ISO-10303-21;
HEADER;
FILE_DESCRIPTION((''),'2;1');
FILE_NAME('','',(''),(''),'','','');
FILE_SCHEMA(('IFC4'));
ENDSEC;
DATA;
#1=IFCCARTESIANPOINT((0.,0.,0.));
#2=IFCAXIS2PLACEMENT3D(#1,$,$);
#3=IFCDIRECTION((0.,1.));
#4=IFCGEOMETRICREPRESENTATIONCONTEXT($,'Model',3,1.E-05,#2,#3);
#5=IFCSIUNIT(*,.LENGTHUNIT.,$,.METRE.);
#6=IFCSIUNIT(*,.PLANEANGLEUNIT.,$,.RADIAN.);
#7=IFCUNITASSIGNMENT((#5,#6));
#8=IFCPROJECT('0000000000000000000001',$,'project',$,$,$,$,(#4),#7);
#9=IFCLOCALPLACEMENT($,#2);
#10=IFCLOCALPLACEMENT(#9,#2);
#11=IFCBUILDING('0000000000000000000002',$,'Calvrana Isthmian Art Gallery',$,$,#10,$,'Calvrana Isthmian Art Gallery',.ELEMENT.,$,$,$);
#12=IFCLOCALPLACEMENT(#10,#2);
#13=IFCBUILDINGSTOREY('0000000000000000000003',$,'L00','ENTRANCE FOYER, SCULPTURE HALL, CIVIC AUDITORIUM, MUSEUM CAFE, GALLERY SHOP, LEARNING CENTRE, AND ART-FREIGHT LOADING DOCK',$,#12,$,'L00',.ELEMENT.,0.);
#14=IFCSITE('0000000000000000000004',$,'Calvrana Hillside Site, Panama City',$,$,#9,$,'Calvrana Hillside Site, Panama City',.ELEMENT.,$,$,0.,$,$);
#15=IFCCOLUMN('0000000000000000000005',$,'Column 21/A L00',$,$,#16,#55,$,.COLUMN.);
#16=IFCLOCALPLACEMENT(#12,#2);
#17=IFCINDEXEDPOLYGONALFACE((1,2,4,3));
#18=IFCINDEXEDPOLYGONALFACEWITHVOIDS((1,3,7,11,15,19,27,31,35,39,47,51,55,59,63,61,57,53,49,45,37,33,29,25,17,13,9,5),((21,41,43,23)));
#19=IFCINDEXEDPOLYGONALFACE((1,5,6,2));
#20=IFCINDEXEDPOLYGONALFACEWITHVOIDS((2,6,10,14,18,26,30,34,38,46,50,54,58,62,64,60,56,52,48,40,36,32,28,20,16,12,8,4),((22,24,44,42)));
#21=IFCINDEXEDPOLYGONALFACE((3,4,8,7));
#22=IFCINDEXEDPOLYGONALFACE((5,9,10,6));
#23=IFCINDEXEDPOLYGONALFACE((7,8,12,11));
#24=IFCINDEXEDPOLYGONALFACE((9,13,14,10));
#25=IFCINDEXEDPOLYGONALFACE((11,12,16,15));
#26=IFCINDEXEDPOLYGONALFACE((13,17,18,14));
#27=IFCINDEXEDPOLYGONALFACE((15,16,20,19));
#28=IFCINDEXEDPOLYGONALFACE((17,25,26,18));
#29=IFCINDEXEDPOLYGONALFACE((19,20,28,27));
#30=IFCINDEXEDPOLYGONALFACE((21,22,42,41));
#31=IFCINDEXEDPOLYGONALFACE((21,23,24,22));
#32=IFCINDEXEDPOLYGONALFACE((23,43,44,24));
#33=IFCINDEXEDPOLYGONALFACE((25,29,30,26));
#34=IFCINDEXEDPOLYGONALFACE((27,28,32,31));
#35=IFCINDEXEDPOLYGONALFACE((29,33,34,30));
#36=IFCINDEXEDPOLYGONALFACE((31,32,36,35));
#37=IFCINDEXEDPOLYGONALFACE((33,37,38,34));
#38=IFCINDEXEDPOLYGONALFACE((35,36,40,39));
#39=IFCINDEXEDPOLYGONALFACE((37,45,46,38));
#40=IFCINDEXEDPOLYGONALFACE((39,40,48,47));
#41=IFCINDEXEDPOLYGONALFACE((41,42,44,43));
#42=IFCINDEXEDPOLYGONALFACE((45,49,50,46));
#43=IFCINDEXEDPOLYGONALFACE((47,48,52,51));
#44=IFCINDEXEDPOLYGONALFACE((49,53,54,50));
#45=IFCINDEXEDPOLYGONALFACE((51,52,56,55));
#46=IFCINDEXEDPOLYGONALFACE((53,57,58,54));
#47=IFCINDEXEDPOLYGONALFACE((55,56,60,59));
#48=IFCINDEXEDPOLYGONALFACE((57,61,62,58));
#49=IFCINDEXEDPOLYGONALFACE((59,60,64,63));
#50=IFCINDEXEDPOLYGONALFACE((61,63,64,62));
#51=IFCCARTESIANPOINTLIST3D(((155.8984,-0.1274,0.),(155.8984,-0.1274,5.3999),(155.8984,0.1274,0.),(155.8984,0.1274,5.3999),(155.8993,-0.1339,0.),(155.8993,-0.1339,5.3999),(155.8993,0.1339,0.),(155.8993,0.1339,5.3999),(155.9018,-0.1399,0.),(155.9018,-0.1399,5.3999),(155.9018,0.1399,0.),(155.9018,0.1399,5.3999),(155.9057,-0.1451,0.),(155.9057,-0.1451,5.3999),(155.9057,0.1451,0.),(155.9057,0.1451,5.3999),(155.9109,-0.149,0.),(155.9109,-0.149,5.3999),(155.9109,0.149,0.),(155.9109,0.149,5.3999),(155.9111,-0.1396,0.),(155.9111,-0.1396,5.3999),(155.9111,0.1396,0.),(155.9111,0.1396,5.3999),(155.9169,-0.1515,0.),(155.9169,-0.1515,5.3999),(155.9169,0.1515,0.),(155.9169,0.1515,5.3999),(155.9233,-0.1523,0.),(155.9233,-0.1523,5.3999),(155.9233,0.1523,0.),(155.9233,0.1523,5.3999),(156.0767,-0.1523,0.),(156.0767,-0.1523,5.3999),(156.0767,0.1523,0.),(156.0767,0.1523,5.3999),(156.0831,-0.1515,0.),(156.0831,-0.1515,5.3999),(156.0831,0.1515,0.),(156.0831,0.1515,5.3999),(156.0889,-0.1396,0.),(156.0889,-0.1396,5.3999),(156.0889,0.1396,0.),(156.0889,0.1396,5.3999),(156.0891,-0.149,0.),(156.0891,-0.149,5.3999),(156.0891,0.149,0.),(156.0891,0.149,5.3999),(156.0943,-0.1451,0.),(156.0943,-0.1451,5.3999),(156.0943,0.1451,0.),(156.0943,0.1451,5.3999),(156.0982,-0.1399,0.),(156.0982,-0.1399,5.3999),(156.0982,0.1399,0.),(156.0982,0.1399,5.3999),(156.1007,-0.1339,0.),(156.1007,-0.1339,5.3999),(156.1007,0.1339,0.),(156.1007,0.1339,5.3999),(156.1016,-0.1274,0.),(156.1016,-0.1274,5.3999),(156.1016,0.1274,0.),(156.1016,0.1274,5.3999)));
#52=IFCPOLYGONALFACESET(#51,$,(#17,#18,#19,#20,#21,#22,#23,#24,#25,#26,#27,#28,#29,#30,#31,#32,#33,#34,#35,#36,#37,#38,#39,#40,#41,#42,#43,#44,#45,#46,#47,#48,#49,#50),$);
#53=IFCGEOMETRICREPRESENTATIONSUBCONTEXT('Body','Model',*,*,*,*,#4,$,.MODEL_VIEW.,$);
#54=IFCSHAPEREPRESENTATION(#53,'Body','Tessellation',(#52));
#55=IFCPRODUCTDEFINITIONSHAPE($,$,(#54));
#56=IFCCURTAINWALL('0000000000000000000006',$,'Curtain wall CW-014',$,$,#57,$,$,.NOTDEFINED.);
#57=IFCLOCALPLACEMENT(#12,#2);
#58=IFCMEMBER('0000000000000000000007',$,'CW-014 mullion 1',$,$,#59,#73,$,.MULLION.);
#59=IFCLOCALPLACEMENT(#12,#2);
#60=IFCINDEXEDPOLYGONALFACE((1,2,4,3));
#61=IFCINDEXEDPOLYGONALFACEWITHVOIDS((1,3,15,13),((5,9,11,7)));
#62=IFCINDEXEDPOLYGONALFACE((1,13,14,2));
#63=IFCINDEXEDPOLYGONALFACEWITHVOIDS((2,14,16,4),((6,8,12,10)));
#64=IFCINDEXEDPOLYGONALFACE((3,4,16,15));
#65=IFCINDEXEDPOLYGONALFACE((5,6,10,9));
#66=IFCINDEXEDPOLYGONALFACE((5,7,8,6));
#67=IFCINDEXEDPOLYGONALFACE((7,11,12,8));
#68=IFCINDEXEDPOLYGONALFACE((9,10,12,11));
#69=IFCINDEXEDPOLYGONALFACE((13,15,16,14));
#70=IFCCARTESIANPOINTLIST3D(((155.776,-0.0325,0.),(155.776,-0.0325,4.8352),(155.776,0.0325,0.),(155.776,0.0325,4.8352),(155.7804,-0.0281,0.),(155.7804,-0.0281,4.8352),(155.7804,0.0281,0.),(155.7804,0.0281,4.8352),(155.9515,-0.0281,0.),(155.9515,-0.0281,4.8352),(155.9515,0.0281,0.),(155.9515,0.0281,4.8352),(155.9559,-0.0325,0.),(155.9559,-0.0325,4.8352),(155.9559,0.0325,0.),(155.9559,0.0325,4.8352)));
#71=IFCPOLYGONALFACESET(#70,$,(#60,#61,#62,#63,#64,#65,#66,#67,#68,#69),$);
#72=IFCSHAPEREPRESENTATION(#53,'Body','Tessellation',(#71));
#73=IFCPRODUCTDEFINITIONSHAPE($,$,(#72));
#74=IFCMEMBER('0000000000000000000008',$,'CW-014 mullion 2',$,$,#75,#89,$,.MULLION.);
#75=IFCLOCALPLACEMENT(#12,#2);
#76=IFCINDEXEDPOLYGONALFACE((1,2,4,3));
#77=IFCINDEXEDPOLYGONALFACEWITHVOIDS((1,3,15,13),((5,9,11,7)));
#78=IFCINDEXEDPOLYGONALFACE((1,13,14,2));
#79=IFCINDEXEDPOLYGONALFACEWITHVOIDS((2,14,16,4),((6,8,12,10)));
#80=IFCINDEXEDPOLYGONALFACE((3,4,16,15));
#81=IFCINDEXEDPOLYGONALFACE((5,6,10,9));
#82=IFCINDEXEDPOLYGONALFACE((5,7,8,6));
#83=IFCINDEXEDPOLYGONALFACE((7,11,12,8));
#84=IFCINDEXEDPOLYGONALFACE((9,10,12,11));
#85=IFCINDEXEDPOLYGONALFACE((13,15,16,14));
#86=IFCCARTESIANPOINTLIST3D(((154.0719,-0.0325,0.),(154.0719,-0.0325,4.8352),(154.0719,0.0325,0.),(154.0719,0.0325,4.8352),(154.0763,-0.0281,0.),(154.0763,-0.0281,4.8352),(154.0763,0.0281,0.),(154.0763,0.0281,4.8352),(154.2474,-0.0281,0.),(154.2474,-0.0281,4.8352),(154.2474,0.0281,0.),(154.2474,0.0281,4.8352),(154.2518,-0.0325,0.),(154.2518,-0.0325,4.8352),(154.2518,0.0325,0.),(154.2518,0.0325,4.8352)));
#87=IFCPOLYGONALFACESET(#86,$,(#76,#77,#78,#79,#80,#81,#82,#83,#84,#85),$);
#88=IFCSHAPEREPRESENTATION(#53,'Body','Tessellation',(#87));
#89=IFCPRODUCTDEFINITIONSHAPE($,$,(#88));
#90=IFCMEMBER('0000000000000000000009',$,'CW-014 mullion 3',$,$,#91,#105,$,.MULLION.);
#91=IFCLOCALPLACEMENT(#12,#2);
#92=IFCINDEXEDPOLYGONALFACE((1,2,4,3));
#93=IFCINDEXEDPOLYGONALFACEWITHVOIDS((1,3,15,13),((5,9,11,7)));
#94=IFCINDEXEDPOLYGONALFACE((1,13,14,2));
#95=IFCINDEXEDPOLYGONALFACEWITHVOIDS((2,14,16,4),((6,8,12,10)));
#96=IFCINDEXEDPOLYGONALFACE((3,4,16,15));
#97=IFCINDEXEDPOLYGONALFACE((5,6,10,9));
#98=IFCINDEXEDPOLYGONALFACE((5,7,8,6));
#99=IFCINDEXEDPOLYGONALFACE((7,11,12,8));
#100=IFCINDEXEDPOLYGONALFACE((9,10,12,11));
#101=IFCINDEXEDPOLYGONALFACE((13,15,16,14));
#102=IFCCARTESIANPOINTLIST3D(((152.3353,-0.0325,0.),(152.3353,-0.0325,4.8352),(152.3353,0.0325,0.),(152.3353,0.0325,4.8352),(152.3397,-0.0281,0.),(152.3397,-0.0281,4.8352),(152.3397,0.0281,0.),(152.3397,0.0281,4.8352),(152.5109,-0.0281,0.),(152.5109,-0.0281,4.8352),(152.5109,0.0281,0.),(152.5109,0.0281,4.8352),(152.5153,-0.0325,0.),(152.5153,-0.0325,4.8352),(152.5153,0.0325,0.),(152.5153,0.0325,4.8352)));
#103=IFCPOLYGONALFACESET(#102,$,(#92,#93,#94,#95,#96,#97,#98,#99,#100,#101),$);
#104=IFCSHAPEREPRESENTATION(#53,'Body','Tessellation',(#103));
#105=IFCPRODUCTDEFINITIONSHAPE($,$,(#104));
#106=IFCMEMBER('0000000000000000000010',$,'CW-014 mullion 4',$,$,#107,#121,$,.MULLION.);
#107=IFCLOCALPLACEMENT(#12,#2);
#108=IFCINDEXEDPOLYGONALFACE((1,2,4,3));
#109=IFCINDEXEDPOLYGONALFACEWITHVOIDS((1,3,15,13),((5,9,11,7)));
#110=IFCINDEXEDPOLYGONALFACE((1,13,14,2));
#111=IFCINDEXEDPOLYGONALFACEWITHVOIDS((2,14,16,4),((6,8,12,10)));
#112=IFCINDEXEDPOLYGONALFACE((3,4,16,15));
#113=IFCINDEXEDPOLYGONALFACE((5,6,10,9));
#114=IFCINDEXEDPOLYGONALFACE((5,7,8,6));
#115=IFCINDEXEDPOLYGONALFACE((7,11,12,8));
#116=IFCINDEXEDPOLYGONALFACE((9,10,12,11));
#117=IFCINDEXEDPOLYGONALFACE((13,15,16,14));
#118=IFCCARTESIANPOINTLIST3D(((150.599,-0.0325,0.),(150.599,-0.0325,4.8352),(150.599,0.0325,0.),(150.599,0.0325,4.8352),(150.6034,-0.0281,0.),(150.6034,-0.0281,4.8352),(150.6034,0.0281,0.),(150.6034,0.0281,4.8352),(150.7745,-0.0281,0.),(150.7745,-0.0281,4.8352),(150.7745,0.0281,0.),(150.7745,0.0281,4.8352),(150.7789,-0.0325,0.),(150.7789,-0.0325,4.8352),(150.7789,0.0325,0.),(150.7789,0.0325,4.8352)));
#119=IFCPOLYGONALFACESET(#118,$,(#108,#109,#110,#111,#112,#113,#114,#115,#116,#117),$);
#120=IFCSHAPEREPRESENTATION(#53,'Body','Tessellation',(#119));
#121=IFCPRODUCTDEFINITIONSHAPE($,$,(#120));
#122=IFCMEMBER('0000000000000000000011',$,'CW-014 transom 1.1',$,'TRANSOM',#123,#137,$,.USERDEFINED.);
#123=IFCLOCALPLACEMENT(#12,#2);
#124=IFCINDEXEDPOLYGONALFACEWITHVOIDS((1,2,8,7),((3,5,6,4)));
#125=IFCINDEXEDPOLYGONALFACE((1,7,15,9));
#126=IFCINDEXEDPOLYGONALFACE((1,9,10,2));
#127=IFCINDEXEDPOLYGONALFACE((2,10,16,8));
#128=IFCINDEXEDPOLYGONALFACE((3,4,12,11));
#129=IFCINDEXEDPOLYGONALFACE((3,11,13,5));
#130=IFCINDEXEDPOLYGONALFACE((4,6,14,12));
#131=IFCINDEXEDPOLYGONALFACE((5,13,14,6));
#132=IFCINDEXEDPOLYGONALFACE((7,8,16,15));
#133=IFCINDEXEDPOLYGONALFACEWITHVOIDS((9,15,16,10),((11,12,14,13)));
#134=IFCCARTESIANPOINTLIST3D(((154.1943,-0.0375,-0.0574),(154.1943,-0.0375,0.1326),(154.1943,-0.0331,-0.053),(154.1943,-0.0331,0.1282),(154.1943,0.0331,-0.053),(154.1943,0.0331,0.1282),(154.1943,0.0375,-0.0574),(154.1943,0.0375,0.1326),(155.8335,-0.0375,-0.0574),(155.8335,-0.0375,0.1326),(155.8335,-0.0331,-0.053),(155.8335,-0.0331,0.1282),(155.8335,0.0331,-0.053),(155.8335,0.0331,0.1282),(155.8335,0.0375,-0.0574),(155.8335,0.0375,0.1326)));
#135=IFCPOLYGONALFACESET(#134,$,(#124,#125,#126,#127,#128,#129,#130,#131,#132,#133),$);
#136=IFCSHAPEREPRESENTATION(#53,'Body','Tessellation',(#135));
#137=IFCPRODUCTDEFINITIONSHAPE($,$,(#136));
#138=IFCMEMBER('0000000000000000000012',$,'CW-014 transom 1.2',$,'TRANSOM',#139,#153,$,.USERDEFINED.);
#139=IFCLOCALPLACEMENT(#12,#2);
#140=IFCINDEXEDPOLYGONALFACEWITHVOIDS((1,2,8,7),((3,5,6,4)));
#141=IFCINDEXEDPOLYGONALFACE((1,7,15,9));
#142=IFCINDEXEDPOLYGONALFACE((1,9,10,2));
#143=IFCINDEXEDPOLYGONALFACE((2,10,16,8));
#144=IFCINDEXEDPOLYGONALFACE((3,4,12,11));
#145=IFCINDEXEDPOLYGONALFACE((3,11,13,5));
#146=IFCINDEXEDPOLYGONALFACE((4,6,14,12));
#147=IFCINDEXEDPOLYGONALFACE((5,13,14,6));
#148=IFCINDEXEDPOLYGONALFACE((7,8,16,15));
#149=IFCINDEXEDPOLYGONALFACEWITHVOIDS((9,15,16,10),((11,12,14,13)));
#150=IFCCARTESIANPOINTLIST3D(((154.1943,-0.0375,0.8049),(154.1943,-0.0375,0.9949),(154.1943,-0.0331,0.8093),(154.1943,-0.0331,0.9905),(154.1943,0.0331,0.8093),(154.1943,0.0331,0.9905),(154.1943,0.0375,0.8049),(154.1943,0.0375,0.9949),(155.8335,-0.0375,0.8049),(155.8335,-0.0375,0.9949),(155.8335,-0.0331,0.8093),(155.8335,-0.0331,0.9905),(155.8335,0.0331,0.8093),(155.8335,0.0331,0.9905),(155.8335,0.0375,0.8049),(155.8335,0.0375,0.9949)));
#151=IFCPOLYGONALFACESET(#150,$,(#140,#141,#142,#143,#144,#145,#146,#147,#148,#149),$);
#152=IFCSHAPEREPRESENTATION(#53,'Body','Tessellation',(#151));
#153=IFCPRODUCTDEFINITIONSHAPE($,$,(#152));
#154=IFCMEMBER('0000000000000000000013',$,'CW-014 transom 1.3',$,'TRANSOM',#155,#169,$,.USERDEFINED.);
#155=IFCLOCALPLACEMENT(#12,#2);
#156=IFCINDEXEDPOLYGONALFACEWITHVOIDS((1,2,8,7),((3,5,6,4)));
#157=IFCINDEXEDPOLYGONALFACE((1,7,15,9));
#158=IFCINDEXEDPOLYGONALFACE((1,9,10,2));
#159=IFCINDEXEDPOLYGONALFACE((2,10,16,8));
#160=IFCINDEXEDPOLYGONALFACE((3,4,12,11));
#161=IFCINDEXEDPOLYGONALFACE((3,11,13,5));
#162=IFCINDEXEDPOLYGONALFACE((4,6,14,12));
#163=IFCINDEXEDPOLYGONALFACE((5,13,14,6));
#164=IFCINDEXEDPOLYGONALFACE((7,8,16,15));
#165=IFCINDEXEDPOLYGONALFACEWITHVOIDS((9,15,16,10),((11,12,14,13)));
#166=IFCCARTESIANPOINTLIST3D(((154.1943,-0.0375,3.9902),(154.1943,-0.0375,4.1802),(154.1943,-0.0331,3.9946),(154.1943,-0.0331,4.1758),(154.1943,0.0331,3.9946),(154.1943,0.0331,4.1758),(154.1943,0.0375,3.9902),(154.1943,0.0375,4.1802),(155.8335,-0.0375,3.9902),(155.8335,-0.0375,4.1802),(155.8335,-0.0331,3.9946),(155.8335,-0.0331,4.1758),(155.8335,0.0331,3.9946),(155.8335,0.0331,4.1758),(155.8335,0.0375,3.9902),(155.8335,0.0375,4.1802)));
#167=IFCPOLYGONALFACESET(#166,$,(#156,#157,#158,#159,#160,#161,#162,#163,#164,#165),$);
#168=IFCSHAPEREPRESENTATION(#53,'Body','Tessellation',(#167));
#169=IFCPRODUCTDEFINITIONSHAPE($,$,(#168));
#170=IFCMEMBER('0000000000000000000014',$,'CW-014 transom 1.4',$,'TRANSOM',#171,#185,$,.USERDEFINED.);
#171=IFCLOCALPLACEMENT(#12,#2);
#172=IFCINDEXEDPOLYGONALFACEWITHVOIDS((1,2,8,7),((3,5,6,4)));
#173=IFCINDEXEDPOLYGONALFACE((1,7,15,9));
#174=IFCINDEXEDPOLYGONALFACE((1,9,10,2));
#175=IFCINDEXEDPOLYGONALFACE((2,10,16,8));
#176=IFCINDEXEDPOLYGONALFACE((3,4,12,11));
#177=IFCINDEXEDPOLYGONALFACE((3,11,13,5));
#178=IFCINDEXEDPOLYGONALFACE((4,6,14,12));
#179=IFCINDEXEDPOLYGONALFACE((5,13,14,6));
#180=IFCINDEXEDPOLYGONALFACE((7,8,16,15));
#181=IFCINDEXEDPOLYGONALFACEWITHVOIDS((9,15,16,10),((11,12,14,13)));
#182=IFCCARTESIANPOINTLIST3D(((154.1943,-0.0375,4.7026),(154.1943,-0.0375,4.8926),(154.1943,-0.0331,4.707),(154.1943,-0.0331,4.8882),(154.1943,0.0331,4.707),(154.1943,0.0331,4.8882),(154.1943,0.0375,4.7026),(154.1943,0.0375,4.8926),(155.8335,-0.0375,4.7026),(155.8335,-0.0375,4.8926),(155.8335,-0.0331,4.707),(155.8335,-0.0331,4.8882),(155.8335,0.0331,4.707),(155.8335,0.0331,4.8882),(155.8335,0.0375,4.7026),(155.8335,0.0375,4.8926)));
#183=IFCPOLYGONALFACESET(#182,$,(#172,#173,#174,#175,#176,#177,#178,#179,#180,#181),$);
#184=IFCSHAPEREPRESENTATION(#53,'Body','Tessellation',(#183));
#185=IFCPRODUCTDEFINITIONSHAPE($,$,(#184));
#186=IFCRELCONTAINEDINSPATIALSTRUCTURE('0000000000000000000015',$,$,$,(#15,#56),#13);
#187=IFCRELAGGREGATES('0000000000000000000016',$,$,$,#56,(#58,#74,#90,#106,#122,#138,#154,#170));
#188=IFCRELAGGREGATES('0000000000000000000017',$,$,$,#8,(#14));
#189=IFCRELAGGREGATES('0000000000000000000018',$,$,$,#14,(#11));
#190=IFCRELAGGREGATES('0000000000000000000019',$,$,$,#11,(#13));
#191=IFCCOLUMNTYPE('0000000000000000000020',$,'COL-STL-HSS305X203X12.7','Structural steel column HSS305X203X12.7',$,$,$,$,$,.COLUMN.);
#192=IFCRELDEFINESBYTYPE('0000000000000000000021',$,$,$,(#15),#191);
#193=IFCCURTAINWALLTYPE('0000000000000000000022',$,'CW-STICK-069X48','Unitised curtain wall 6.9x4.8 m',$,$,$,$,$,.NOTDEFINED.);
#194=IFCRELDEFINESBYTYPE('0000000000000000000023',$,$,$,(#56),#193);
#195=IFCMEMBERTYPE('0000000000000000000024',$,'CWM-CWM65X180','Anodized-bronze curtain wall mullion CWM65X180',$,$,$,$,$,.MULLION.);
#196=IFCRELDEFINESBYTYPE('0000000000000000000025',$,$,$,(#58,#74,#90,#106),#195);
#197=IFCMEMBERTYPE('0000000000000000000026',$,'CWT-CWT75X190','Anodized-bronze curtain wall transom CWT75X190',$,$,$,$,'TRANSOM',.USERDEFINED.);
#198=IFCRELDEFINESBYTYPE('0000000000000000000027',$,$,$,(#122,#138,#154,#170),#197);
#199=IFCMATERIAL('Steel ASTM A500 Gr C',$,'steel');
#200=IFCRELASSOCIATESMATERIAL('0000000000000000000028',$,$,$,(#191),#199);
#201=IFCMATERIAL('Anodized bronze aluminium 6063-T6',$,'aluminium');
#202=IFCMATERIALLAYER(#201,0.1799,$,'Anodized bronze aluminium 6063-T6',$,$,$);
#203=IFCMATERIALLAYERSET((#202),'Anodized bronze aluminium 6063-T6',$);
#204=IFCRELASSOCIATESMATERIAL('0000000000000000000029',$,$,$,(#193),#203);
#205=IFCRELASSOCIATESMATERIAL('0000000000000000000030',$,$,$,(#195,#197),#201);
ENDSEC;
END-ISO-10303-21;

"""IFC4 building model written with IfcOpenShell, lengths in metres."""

from ifc_helpers import new_model, si_unit, direction, frame, origin, origin_2d, place, context, subcontext, project, spatial, hollow_rectangle, extrude, material, layer, layer_set, material_profile, profile_set, type_object, element, aggregate, save


model = new_model("IFC4")

# Units and contexts
model_context = context("Model", 3, precision=1e-05, world=origin(), true_north=direction((0.0, 1.0)))
body_context = subcontext(model_context, "Body", "Model", "MODEL_VIEW")
ifc_project = project(units=[si_unit("LENGTHUNIT", "METRE"), si_unit("PLANEANGLEUNIT", "RADIAN")], contexts=[model_context])

# Site, building, storey
site_placement = place(None, origin())
site = spatial("IfcSite", under=ifc_project, at=site_placement, Name="Calvrana Hillside Site, Panama City", LongName="Calvrana Hillside Site, Panama City", CompositionType="ELEMENT", RefElevation=0.0)
building_placement = place(site_placement, origin())
building = spatial("IfcBuilding", under=site, at=building_placement, Name="Calvrana Isthmian Art Gallery", LongName="Calvrana Isthmian Art Gallery", CompositionType="ELEMENT")
storey_placement = place(building_placement, origin())
storey = spatial("IfcBuildingStorey", under=building, at=storey_placement, Name="L00", Description="ENTRANCE FOYER, SCULPTURE HALL, CIVIC AUDITORIUM, MUSEUM CAFE, GALLERY SHOP, LEARNING CENTRE, AND ART-FREIGHT LOADING DOCK", LongName="L00", CompositionType="ELEMENT", Elevation=0.0)

# Column
ifc_material_1 = material(Name="Steel ASTM A500 Gr C", Category="steel")
ifc_material_profile_1 = material_profile(ifc_material_1, hollow_rectangle(XDim=0.2031, YDim=0.3047, WallThickness=0.0127, OuterFilletRadius=0.0249, at=origin_2d()), Name="HSS305X203X12.7")
ifc_profile_set_1 = profile_set([ifc_material_profile_1], Name="Steel ASTM A500 Gr C")
column_type = type_object("IfcColumnType", Name="COL-STL-HSS305X203X12.7", Description="Structural steel column HSS305X203X12.7", PredefinedType="COLUMN", material=ifc_profile_set_1)
column_placement = place(storey_placement, frame((156.0, 0.0, 0.0), z_axis=(0.0, 0.0, 1.0), x_axis=(1.0, 0.0, 0.0)))
element("IfcColumn", 1, at=column_placement, inside=storey, type_object=column_type, Name="Column 21/A L00", PredefinedType="COLUMN", context=body_context, shape_type="SweptSolid", body=[
    extrude(hollow_rectangle(XDim=0.2031, YDim=0.3047, WallThickness=0.0127, OuterFilletRadius=0.0249, at=origin_2d()), origin(), (0.0, 0.0, 1.0), 5.3999),
])

# Curtain wall, members
ifc_material_2 = material(Name="Anodized bronze aluminium 6063-T6", Category="aluminium")
ifc_layer_1 = layer(ifc_material_2, 0.1799, Name="Anodized bronze aluminium 6063-T6")
ifc_layer_set_1 = layer_set([ifc_layer_1], Name="Anodized bronze aluminium 6063-T6")
curtain_wall_type = type_object("IfcCurtainWallType", Name="CW-STICK-069X48", Description="Unitised curtain wall 6.9x4.8 m", PredefinedType="NOTDEFINED", material=ifc_layer_set_1)
curtain_wall_placement = place(storey_placement, origin())
curtain_wall = element("IfcCurtainWall", 2, at=curtain_wall_placement, inside=storey, type_object=curtain_wall_type, Name="Curtain wall CW-014", PredefinedType="NOTDEFINED")
ifc_material_profile_2 = material_profile(ifc_material_2, hollow_rectangle(XDim=0.0649, YDim=0.1799, WallThickness=0.0044, at=origin_2d()), Name="CWM65X180")
ifc_profile_set_2 = profile_set([ifc_material_profile_2], Name="Anodized bronze aluminium 6063-T6")
member_type_1 = type_object("IfcMemberType", Name="CWM-CWM65X180", Description="Anodized-bronze curtain wall mullion CWM65X180", PredefinedType="MULLION", material=ifc_profile_set_2)
member_1_placement = place(storey_placement, frame((155.866, 0.0, 0.0), z_axis=(0.0, 0.0, 1.0), x_axis=(0.0, -1.0, 0.0)))
member_1 = element("IfcMember", 3, at=member_1_placement, type_object=member_type_1, Name="CW-014 mullion 1", PredefinedType="MULLION", context=body_context, shape_type="SweptSolid", body=[
    extrude(hollow_rectangle(XDim=0.0649, YDim=0.1799, WallThickness=0.0044, at=origin_2d()), origin(), (0.0, 0.0, 1.0), 4.8352),
])
member_2_placement = place(storey_placement, frame((154.1619, 0.0, 0.0), z_axis=(0.0, 0.0, 1.0), x_axis=(0.0, -1.0, 0.0)))
member_2 = element("IfcMember", 4, at=member_2_placement, type_object=member_type_1, Name="CW-014 mullion 2", PredefinedType="MULLION", context=body_context, shape_type="SweptSolid", body=[
    extrude(hollow_rectangle(XDim=0.0649, YDim=0.1799, WallThickness=0.0044, at=origin_2d()), origin(), (0.0, 0.0, 1.0), 4.8352),
])
member_3_placement = place(storey_placement, frame((152.4253, 0.0, 0.0), z_axis=(0.0, 0.0, 1.0), x_axis=(0.0, -1.0, 0.0)))
member_3 = element("IfcMember", 5, at=member_3_placement, type_object=member_type_1, Name="CW-014 mullion 3", PredefinedType="MULLION", context=body_context, shape_type="SweptSolid", body=[
    extrude(hollow_rectangle(XDim=0.0649, YDim=0.1799, WallThickness=0.0044, at=origin_2d()), origin(), (0.0, 0.0, 1.0), 4.8352),
])
member_4_placement = place(storey_placement, frame((150.689, 0.0, 0.0), z_axis=(0.0, 0.0, 1.0), x_axis=(0.0, -1.0, 0.0)))
member_4 = element("IfcMember", 6, at=member_4_placement, type_object=member_type_1, Name="CW-014 mullion 4", PredefinedType="MULLION", context=body_context, shape_type="SweptSolid", body=[
    extrude(hollow_rectangle(XDim=0.0649, YDim=0.1799, WallThickness=0.0044, at=origin_2d()), origin(), (0.0, 0.0, 1.0), 4.8352),
])
ifc_material_profile_3 = material_profile(ifc_material_2, hollow_rectangle(XDim=0.075, YDim=0.1899, WallThickness=0.0044, at=origin_2d()), Name="CWT75X190")
ifc_profile_set_3 = profile_set([ifc_material_profile_3], Name="Anodized bronze aluminium 6063-T6")
member_type_2 = type_object("IfcMemberType", Name="CWT-CWT75X190", Description="Anodized-bronze curtain wall transom CWT75X190", ElementType="TRANSOM", PredefinedType="USERDEFINED", material=ifc_profile_set_3)
member_5_placement = place(storey_placement, frame((155.8335, 0.0, 0.0376), z_axis=(-1.0, 0.0, 0.0), x_axis=(0.0, -1.0, 0.0)))
member_5 = element("IfcMember", 7, at=member_5_placement, type_object=member_type_2, Name="CW-014 transom 1.1", ObjectType="TRANSOM", PredefinedType="USERDEFINED", context=body_context, shape_type="SweptSolid", body=[
    extrude(hollow_rectangle(XDim=0.075, YDim=0.1899, WallThickness=0.0044, at=origin_2d()), origin(), (0.0, 0.0, 1.0), 1.6392),
])
member_6_placement = place(storey_placement, frame((155.8335, 0.0, 0.8999), z_axis=(-1.0, 0.0, 0.0), x_axis=(0.0, -1.0, 0.0)))
member_6 = element("IfcMember", 8, at=member_6_placement, type_object=member_type_2, Name="CW-014 transom 1.2", ObjectType="TRANSOM", PredefinedType="USERDEFINED", context=body_context, shape_type="SweptSolid", body=[
    extrude(hollow_rectangle(XDim=0.075, YDim=0.1899, WallThickness=0.0044, at=origin_2d()), origin(), (0.0, 0.0, 1.0), 1.6392),
])
member_7_placement = place(storey_placement, frame((155.8335, 0.0, 4.0852), z_axis=(-1.0, 0.0, 0.0), x_axis=(0.0, -1.0, 0.0)))
member_7 = element("IfcMember", 9, at=member_7_placement, type_object=member_type_2, Name="CW-014 transom 1.3", ObjectType="TRANSOM", PredefinedType="USERDEFINED", context=body_context, shape_type="SweptSolid", body=[
    extrude(hollow_rectangle(XDim=0.075, YDim=0.1899, WallThickness=0.0044, at=origin_2d()), origin(), (0.0, 0.0, 1.0), 1.6392),
])
member_8_placement = place(storey_placement, frame((155.8335, 0.0, 4.7976), z_axis=(-1.0, 0.0, 0.0), x_axis=(0.0, -1.0, 0.0)))
member_8 = element("IfcMember", 10, at=member_8_placement, type_object=member_type_2, Name="CW-014 transom 1.4", ObjectType="TRANSOM", PredefinedType="USERDEFINED", context=body_context, shape_type="SweptSolid", body=[
    extrude(hollow_rectangle(XDim=0.075, YDim=0.1899, WallThickness=0.0044, at=origin_2d()), origin(), (0.0, 0.0, 1.0), 1.6392),
])
aggregate(curtain_wall, [member_1, member_2, member_3, member_4, member_5, member_6, member_7, member_8])

save(model, "model.ifc")
